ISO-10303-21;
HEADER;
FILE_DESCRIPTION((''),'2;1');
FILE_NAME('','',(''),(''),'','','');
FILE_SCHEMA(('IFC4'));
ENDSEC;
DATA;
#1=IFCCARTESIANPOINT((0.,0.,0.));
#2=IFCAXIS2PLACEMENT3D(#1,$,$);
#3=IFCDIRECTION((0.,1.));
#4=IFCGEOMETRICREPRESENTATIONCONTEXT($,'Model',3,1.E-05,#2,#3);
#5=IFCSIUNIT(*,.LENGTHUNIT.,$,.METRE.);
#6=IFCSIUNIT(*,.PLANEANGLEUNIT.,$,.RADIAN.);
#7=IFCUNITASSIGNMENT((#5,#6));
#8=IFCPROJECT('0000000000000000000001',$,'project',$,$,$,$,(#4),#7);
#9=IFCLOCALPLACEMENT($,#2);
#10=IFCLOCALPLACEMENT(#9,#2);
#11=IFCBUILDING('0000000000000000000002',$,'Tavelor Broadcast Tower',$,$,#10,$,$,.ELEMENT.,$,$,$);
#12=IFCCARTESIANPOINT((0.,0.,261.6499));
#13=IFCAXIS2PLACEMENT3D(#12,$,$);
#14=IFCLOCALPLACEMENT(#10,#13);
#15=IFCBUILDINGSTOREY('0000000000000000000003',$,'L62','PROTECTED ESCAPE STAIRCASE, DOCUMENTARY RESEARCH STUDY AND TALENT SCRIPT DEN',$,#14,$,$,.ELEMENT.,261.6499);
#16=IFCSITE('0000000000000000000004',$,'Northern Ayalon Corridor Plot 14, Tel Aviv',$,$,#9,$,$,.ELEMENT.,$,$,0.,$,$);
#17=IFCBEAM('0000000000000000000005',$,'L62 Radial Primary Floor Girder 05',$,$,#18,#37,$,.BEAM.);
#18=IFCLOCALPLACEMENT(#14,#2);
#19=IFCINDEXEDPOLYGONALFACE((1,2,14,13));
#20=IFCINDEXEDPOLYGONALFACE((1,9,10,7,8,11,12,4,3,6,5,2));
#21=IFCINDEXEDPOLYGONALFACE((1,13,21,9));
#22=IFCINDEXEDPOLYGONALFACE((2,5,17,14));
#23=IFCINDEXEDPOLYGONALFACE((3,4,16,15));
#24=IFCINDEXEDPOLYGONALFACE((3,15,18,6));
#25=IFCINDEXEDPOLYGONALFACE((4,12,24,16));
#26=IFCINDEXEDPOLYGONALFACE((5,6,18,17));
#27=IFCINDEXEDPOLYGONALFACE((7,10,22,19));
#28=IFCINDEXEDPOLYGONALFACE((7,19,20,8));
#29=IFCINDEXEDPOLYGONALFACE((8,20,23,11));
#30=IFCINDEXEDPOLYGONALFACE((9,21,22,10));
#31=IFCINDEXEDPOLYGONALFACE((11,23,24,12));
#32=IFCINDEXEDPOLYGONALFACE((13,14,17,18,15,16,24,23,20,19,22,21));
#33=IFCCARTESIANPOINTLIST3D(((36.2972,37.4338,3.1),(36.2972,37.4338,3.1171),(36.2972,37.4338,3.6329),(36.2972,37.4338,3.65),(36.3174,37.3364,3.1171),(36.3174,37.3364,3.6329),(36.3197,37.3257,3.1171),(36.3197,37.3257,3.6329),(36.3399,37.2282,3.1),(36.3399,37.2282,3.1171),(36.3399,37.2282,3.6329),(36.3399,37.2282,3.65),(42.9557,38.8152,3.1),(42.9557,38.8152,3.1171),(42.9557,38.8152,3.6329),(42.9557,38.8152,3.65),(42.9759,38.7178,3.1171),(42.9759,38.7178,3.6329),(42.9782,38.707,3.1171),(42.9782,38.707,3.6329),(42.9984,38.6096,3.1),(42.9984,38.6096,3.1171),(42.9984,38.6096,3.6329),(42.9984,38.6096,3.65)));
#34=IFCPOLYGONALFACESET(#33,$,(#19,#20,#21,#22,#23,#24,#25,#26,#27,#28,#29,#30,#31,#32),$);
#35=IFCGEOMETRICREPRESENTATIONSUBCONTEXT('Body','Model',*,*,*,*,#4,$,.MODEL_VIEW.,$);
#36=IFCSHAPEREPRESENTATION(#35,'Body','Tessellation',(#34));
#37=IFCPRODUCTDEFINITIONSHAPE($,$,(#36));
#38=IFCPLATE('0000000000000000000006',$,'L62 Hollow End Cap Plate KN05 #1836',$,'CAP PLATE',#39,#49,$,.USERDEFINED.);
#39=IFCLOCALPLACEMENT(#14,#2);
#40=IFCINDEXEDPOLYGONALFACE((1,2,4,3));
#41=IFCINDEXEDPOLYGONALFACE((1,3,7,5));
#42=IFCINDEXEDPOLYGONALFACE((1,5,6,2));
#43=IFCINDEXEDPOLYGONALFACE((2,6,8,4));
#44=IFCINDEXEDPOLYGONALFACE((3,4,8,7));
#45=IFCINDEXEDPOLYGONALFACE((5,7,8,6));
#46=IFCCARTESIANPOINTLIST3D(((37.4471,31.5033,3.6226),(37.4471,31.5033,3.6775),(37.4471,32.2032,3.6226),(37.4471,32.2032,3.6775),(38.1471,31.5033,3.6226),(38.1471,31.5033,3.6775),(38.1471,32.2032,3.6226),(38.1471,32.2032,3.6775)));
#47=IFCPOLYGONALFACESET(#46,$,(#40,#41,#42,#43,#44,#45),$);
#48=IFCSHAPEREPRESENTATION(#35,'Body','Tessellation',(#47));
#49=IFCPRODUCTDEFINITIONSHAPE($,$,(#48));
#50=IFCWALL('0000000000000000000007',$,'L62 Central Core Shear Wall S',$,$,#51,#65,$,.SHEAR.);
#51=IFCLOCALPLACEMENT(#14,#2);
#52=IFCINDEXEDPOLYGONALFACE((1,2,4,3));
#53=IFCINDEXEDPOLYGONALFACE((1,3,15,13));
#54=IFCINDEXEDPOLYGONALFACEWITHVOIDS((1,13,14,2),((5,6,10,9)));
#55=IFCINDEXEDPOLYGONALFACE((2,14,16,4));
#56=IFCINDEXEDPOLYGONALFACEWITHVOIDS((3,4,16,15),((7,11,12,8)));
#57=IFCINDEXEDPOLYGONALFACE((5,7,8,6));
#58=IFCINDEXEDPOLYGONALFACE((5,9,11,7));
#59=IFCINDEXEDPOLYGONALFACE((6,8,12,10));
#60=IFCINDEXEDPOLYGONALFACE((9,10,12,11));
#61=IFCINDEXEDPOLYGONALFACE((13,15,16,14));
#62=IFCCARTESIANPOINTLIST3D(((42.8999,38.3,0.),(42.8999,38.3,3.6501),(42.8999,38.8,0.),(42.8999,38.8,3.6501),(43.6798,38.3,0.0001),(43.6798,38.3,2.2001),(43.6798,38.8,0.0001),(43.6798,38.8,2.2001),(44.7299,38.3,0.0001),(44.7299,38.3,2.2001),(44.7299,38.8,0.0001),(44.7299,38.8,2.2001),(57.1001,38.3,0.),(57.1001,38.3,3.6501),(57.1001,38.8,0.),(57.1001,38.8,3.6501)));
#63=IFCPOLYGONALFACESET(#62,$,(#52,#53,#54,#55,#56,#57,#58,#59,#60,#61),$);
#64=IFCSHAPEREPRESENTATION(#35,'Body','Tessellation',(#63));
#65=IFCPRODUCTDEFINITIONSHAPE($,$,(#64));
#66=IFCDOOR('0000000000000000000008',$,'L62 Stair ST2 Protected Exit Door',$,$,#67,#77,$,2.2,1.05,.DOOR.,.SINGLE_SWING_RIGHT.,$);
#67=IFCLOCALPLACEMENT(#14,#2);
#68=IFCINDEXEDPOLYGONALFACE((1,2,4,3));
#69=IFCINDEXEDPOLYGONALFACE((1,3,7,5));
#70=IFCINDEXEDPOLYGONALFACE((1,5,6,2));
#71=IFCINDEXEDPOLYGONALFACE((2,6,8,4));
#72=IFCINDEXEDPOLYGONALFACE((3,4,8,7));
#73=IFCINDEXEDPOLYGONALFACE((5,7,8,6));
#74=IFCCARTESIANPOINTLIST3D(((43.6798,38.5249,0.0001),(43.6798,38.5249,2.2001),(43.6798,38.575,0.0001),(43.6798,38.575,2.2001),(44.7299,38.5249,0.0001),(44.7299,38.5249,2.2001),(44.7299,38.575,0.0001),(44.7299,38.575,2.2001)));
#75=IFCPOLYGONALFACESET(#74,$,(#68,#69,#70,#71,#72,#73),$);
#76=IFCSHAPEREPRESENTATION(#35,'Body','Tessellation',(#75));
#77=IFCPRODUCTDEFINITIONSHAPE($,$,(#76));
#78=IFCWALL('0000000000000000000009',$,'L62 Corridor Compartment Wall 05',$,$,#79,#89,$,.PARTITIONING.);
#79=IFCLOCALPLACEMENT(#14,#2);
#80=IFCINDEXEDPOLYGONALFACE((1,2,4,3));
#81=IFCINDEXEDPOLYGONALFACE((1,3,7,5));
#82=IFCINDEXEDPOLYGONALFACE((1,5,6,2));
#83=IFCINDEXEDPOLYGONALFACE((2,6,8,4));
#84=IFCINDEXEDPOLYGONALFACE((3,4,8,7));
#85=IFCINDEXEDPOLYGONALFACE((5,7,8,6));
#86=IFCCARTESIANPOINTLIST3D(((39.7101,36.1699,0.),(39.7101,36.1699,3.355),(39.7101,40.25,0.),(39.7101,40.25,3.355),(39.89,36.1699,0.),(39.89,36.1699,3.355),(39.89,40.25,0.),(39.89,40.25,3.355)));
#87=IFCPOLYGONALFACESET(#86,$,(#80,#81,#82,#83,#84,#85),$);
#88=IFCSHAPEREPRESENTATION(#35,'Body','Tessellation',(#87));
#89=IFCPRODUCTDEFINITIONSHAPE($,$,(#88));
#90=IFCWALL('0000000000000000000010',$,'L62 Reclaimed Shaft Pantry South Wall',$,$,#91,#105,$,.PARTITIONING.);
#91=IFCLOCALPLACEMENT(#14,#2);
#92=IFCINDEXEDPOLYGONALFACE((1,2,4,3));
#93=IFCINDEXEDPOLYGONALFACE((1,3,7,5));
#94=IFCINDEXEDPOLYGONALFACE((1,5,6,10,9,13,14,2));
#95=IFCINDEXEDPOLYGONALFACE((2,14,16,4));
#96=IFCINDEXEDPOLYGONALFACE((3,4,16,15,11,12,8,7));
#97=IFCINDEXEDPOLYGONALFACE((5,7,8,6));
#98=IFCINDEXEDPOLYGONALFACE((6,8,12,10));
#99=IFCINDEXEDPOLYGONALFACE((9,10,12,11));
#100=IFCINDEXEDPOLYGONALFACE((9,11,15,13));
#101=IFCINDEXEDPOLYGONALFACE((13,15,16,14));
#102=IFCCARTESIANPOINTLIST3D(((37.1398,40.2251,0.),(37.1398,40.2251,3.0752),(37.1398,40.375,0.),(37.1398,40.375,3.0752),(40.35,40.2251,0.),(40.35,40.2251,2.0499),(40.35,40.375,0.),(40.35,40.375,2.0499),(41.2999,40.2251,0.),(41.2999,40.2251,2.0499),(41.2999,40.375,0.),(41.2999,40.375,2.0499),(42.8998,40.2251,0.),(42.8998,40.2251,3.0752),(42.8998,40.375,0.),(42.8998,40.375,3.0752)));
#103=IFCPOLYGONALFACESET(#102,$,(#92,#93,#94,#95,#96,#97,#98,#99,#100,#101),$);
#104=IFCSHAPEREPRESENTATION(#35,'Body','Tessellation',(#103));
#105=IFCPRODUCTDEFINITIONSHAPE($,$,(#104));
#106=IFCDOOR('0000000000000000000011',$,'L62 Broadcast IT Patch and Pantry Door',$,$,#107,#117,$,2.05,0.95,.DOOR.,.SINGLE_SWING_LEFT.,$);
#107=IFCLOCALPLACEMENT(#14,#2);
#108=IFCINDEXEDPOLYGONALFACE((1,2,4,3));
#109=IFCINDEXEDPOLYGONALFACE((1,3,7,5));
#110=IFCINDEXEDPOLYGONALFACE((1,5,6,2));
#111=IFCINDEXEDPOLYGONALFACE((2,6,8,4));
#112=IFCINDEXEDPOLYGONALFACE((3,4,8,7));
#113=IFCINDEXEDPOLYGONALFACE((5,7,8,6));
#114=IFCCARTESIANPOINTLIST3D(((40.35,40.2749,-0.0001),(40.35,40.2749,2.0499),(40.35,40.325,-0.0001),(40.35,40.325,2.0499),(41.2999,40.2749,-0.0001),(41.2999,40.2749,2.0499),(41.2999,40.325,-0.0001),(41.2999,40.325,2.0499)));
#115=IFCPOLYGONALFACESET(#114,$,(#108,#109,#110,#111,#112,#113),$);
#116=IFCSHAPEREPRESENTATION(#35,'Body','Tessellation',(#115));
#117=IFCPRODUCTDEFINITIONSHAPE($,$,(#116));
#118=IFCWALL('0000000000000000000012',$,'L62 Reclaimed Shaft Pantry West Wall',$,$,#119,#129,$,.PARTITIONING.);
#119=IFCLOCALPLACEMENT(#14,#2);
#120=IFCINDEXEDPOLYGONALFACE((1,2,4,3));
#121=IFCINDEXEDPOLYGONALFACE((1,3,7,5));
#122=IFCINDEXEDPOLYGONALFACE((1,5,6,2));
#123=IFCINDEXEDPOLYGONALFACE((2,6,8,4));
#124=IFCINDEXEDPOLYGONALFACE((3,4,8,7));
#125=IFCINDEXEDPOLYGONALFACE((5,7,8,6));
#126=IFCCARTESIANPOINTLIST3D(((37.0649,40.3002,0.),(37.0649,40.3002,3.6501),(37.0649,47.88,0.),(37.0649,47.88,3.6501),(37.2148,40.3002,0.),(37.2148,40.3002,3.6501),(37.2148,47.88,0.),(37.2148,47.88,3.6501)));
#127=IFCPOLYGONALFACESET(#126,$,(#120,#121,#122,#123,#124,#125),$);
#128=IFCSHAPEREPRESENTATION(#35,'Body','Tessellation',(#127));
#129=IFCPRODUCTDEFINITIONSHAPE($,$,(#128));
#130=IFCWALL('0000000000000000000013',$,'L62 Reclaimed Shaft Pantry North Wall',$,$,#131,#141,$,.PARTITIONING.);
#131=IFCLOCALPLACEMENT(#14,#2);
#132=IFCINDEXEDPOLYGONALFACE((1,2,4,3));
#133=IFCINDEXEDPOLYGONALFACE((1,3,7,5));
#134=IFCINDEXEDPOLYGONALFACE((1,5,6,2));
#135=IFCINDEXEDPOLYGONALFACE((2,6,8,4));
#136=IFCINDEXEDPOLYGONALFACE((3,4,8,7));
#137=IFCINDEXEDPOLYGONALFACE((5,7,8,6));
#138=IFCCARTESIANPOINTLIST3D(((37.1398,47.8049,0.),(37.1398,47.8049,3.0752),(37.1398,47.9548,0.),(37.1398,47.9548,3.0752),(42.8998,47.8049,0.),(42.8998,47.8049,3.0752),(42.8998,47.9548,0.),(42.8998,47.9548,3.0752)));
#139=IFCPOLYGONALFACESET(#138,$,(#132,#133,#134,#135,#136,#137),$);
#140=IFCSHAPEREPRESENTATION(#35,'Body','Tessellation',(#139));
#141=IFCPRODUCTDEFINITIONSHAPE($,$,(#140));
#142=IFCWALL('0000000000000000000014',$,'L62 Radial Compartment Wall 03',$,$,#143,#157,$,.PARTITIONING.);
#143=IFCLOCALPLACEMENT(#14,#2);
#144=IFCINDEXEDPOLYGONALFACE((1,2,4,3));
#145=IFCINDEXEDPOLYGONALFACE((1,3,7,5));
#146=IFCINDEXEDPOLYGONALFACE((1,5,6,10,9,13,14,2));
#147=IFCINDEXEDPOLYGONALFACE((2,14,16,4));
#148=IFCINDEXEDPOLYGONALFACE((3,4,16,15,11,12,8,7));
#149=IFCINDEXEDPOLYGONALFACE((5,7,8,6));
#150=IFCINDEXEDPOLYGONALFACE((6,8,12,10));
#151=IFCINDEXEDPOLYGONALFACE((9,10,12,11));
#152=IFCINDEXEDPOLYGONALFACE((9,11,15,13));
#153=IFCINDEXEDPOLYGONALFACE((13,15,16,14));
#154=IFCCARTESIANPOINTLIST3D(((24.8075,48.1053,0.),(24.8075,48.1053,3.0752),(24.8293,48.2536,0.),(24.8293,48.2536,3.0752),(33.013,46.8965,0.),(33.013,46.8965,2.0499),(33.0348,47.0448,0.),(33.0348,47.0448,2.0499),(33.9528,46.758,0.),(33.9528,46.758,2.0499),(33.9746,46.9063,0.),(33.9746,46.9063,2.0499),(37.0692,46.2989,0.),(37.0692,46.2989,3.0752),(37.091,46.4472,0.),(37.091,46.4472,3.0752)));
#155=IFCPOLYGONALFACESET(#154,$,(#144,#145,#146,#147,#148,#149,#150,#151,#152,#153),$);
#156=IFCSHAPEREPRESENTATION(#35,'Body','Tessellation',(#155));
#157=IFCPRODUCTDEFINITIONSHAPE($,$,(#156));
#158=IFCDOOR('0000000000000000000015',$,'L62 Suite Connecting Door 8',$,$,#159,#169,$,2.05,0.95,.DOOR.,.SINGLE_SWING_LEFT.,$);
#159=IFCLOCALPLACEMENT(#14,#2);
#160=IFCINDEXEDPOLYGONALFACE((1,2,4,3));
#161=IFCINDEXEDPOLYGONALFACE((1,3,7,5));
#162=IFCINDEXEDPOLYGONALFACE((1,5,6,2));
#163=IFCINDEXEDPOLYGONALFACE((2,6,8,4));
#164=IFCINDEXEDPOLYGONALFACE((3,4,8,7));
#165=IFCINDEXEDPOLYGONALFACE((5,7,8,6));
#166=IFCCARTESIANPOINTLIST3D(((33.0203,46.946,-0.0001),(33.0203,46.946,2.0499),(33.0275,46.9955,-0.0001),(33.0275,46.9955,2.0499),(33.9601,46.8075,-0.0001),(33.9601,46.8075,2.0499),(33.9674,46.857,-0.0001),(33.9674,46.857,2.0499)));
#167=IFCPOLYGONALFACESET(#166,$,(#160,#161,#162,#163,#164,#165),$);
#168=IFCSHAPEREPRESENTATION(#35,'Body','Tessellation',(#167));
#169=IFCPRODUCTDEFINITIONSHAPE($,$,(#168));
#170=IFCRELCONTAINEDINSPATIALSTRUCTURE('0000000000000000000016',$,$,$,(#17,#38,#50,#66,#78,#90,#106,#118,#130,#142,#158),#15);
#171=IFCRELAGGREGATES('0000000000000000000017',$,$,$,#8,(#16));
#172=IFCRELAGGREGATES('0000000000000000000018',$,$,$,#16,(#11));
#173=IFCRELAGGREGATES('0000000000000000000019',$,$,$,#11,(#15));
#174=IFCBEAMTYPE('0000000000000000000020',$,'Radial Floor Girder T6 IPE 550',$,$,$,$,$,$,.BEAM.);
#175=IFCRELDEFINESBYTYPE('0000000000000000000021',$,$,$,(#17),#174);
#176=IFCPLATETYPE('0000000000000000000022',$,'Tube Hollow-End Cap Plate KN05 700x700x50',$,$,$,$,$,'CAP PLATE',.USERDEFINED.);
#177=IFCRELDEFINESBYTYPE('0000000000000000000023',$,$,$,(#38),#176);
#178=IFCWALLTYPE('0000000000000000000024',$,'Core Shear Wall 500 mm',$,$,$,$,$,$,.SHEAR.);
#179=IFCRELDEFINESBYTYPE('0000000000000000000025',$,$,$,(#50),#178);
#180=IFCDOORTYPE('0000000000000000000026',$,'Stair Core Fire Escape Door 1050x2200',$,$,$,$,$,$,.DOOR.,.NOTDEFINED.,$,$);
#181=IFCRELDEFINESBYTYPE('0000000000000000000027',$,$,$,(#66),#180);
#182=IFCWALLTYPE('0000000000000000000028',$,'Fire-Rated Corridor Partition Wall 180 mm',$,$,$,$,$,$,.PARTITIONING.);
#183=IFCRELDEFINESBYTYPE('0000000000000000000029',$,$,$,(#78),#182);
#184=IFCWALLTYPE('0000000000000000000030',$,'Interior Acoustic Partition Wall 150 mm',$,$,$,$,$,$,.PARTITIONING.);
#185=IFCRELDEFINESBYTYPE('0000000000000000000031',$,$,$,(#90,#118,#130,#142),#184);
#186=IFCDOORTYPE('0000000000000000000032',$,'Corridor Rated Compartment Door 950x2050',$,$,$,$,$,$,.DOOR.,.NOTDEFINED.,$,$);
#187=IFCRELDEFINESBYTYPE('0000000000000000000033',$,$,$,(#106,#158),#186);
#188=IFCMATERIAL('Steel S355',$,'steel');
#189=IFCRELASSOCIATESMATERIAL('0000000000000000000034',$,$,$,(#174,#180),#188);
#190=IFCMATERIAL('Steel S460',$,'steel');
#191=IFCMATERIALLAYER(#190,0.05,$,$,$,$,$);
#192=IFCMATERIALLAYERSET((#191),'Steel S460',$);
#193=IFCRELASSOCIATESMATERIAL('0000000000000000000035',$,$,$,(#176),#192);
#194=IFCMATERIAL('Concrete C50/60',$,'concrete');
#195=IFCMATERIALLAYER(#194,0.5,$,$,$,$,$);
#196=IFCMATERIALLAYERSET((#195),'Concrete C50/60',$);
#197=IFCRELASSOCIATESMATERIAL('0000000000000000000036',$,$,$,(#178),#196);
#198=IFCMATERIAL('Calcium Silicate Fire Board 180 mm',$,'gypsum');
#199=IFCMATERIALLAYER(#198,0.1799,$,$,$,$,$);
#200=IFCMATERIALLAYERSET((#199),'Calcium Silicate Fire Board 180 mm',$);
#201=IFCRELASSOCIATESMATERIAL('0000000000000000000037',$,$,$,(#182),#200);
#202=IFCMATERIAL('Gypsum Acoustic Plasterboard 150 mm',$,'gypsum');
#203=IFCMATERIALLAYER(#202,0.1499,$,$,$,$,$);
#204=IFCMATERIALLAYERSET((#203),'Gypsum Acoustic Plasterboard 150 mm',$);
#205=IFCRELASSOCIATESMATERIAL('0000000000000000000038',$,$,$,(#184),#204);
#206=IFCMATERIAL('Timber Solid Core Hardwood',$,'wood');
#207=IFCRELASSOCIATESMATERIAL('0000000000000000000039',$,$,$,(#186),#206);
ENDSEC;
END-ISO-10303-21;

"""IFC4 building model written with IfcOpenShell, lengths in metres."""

from ifc_helpers import new_model, si_unit, direction, frame, frame_2d, origin, origin_2d, place, context, subcontext, project, spatial, rectangle, i_section, extrude, source, transform, mapped, material, layer, layer_set, material_profile, profile_set, type_object, type_shapes, element, fill, save


model = new_model("IFC4")

# Units and contexts
model_context = context("Model", 3, precision=1e-05, world=origin(), true_north=direction((0.0, 1.0)))
body_context = subcontext(model_context, "Body", "Model", "MODEL_VIEW")
ifc_project = project(units=[si_unit("LENGTHUNIT", "METRE"), si_unit("PLANEANGLEUNIT", "RADIAN")], contexts=[model_context])

# Site, building, storey
site_placement = place(None, origin())
site = spatial("IfcSite", under=ifc_project, at=site_placement, Name="Northern Ayalon Corridor Plot 14, Tel Aviv", CompositionType="ELEMENT", RefElevation=0.0)
building_placement = place(site_placement, origin())
building = spatial("IfcBuilding", under=site, at=building_placement, Name="Tavelor Broadcast Tower", CompositionType="ELEMENT")
storey_placement = place(building_placement, frame((0.0, 0.0, 261.6499)))
storey = spatial("IfcBuildingStorey", under=building, at=storey_placement, Name="L62", Description="PROTECTED ESCAPE STAIRCASE, DOCUMENTARY RESEARCH STUDY AND TALENT SCRIPT DEN", CompositionType="ELEMENT", Elevation=261.6499)

# Shared definitions
ifc_material_1 = material(Name="Concrete C50/60", Category="concrete")
ifc_material_2 = material(Name="Steel S460", Category="steel")

# Beam
ifc_material_3 = material(Name="Steel S355", Category="steel")
ifc_material_profile_1 = material_profile(ifc_material_3, i_section(OverallWidth=0.21, OverallDepth=0.55, WebThickness=0.011, FlangeThickness=0.0171, at=origin_2d()), Name="IPE 550")
ifc_profile_set_1 = profile_set([ifc_material_profile_1], Name="Steel S355")
beam_type_1 = type_object("IfcBeamType", Name="Radial Floor Girder T6 IPE 550", PredefinedType="BEAM", material=ifc_profile_set_1)
beam_1_placement = place(storey_placement, frame((42.9771, 38.7124, 3.375), z_axis=(-0.979151, -0.203133, 0.0), x_axis=(0.203133, -0.979151, 0.0)))
element("IfcBeam", 1, at=beam_1_placement, inside=storey, type_object=beam_type_1, Name="L62 Radial Primary Floor Girder 05", PredefinedType="BEAM", context=body_context, shape_type="SweptSolid", body=[
    extrude(i_section(OverallWidth=0.21, OverallDepth=0.55, WebThickness=0.011, FlangeThickness=0.0171, at=origin_2d()), origin(), (0.0, 0.0, 1.0), 6.8003),
])

# Plate
ifc_layer_1 = layer(ifc_material_2, 0.05)
ifc_layer_set_1 = layer_set([ifc_layer_1], Name="Steel S460")
plate_type = type_object("IfcPlateType", Name="Tube Hollow-End Cap Plate KN05 700x700x50", ElementType="CAP PLATE", PredefinedType="USERDEFINED", material=ifc_layer_set_1)
shared_shape = source(origin(), body_context, "Body", "SweptSolid", [
    extrude(rectangle(XDim=0.7, YDim=0.7, at=origin_2d()), origin(), (0.0, 0.0, 1.0), 0.0549),
])
type_shapes(plate_type, [shared_shape])
plate_placement = place(storey_placement, frame((37.7971, 31.8533, 3.6226), z_axis=(0.0, 0.0, 1.0), x_axis=(1.0, 0.0, 0.0)))
element("IfcPlate", 2, at=plate_placement, inside=storey, type_object=plate_type, Name="L62 Hollow End Cap Plate KN05 #1836", ObjectType="CAP PLATE", PredefinedType="USERDEFINED", context=body_context, shape_type="MappedRepresentation", body=[
    mapped(shared_shape, transform((0.0, 0.0, 0.0), scale=1.0)),
])

# Wall, opening, door
ifc_layer_2 = layer(ifc_material_1, 0.5)
ifc_layer_set_2 = layer_set([ifc_layer_2], Name="Concrete C50/60")
wall_type_1 = type_object("IfcWallType", Name="Core Shear Wall 500 mm", PredefinedType="SHEAR", material=ifc_layer_set_2)
wall_1_placement = place(storey_placement, frame((42.8999, 38.55, 0.0), z_axis=(0.0, 0.0, 1.0), x_axis=(1.0, 0.0, 0.0)))
wall_1 = element("IfcWall", 3, at=wall_1_placement, inside=storey, type_object=wall_type_1, Name="L62 Central Core Shear Wall S", PredefinedType="SHEAR", context=body_context, shape_type="SweptSolid", body=[
    extrude(rectangle(XDim=14.2002, YDim=0.5, at=frame_2d((7.1001, 0.0))), origin(), (0.0, 0.0, 1.0), 3.6501),
])
opening_1_placement = place(wall_1_placement, frame((0.78, 0.0, 0.0)))
opening_1 = element("IfcOpeningElement", 4, at=opening_1_placement, cuts=wall_1, PredefinedType="OPENING", context=body_context, shape_type="SweptSolid", body=[
    extrude(rectangle(XDim=1.05, YDim=2.2, at=frame_2d((0.5249, 1.1001))), frame((0.0, 0.26, 0.0), z_axis=(0.0, -1.0, 0.0), x_axis=(1.0, 0.0, 0.0)), (0.0, 0.0, 1.0), 0.52),
])
door_type_1 = type_object("IfcDoorType", Name="Stair Core Fire Escape Door 1050x2200", OperationType="NOTDEFINED", PredefinedType="DOOR", material=ifc_material_3)
door_1_placement = place(opening_1_placement, origin())
door_1 = element("IfcDoor", 5, at=door_1_placement, inside=storey, type_object=door_type_1, Name="L62 Stair ST2 Protected Exit Door", OperationType="SINGLE_SWING_RIGHT", OverallHeight=2.2, OverallWidth=1.05, PredefinedType="DOOR", context=body_context, shape_type="SweptSolid", body=[
    extrude(rectangle(XDim=1.05, YDim=2.2, at=frame_2d((0.5249, 1.1001))), frame((0.0, 0.0249, 0.0), z_axis=(0.0, -1.0, 0.0), x_axis=(1.0, 0.0, 0.0)), (0.0, 0.0, 1.0), 0.05),
])
fill(opening_1, door_1)

# Wall
ifc_material_4 = material(Name="Calcium Silicate Fire Board 180 mm", Category="gypsum")
ifc_layer_3 = layer(ifc_material_4, 0.1799)
ifc_layer_set_3 = layer_set([ifc_layer_3], Name="Calcium Silicate Fire Board 180 mm")
wall_type_2 = type_object("IfcWallType", Name="Fire-Rated Corridor Partition Wall 180 mm", PredefinedType="PARTITIONING", material=ifc_layer_set_3)
wall_2_placement = place(storey_placement, frame((39.8, 36.1699, 0.0), z_axis=(0.0, 0.0, 1.0), x_axis=(0.0, 1.0, 0.0)))
element("IfcWall", 6, at=wall_2_placement, inside=storey, type_object=wall_type_2, Name="L62 Corridor Compartment Wall 05", PredefinedType="PARTITIONING", context=body_context, shape_type="SweptSolid", body=[
    extrude(rectangle(XDim=4.0801, YDim=0.1799, at=frame_2d((2.04, 0.0))), origin(), (0.0, 0.0, 1.0), 3.355),
])

# Wall, opening, door
ifc_material_5 = material(Name="Gypsum Acoustic Plasterboard 150 mm", Category="gypsum")
ifc_layer_4 = layer(ifc_material_5, 0.1499)
ifc_layer_set_4 = layer_set([ifc_layer_4], Name="Gypsum Acoustic Plasterboard 150 mm")
wall_type_3 = type_object("IfcWallType", Name="Interior Acoustic Partition Wall 150 mm", PredefinedType="PARTITIONING", material=ifc_layer_set_4)
wall_3_placement = place(storey_placement, frame((37.1399, 40.3, 0.0), z_axis=(0.0, 0.0, 1.0), x_axis=(1.0, 0.0, 0.0)))
wall_3 = element("IfcWall", 7, at=wall_3_placement, inside=storey, type_object=wall_type_3, Name="L62 Reclaimed Shaft Pantry South Wall", PredefinedType="PARTITIONING", context=body_context, shape_type="SweptSolid", body=[
    extrude(rectangle(XDim=5.76, YDim=0.1499, at=frame_2d((2.8799, 0.0))), origin(), (0.0, 0.0, 1.0), 3.0752),
])
opening_2_placement = place(wall_3_placement, frame((3.21, 0.0, 0.0)))
opening_2 = element("IfcOpeningElement", 8, at=opening_2_placement, cuts=wall_3, PredefinedType="OPENING", context=body_context, shape_type="SweptSolid", body=[
    extrude(rectangle(XDim=0.95, YDim=2.05, at=frame_2d((0.4751, 1.0249))), frame((0.0, 0.085, 0.0), z_axis=(0.0, -1.0, 0.0), x_axis=(1.0, 0.0, 0.0)), (0.0, 0.0, 1.0), 0.1699),
])
ifc_material_6 = material(Name="Timber Solid Core Hardwood", Category="wood")
door_type_2 = type_object("IfcDoorType", Name="Corridor Rated Compartment Door 950x2050", OperationType="NOTDEFINED", PredefinedType="DOOR", material=ifc_material_6)
door_2_placement = place(opening_2_placement, origin())
door_2 = element("IfcDoor", 9, at=door_2_placement, inside=storey, type_object=door_type_2, Name="L62 Broadcast IT Patch and Pantry Door", OperationType="SINGLE_SWING_LEFT", OverallHeight=2.05, OverallWidth=0.95, PredefinedType="DOOR", context=body_context, shape_type="SweptSolid", body=[
    extrude(rectangle(XDim=0.95, YDim=2.05, at=frame_2d((0.4751, 1.0249))), frame((0.0, 0.0249, 0.0), z_axis=(0.0, -1.0, 0.0), x_axis=(1.0, 0.0, 0.0)), (0.0, 0.0, 1.0), 0.05),
])
fill(opening_2, door_2)

# Walls
wall_4_placement = place(storey_placement, frame((37.1399, 40.3, 0.0), z_axis=(0.0, 0.0, 1.0), x_axis=(0.0, 1.0, 0.0)))
element("IfcWall", 10, at=wall_4_placement, inside=storey, type_object=wall_type_3, Name="L62 Reclaimed Shaft Pantry West Wall", PredefinedType="PARTITIONING", context=body_context, shape_type="SweptSolid", body=[
    extrude(rectangle(XDim=7.5798, YDim=0.1499, at=frame_2d((3.79, 0.0))), origin(), (0.0, 0.0, 1.0), 3.6501),
])
wall_5_placement = place(storey_placement, frame((37.1399, 47.8799, 0.0), z_axis=(0.0, 0.0, 1.0), x_axis=(1.0, 0.0, 0.0)))
element("IfcWall", 11, at=wall_5_placement, inside=storey, type_object=wall_type_3, Name="L62 Reclaimed Shaft Pantry North Wall", PredefinedType="PARTITIONING", context=body_context, shape_type="SweptSolid", body=[
    extrude(rectangle(XDim=5.76, YDim=0.1499, at=frame_2d((2.8799, 0.0))), origin(), (0.0, 0.0, 1.0), 3.0752),
])

# Wall, opening, door
wall_6_placement = place(storey_placement, frame((37.0801, 46.373, 0.0), z_axis=(0.0, 0.0, 1.0), x_axis=(-0.989322, 0.145747, 0.0)))
wall_6 = element("IfcWall", 12, at=wall_6_placement, inside=storey, type_object=wall_type_3, Name="L62 Radial Compartment Wall 03", PredefinedType="PARTITIONING", context=body_context, shape_type="SweptSolid", body=[
    extrude(rectangle(XDim=12.394, YDim=0.1499, at=frame_2d((6.197, 0.0))), origin(), (0.0, 0.0, 1.0), 3.0752),
])
opening_3_placement = place(wall_6_placement, frame((3.1499, 0.0, 0.0)))
opening_3 = element("IfcOpeningElement", 13, at=opening_3_placement, cuts=wall_6, PredefinedType="OPENING", context=body_context, shape_type="SweptSolid", body=[
    extrude(rectangle(XDim=0.95, YDim=2.05, at=frame_2d((0.4751, 1.0249))), frame((0.0, 0.085, 0.0), z_axis=(0.0, -1.0, 0.0), x_axis=(1.0, 0.0, 0.0)), (0.0, 0.0, 1.0), 0.1699),
])
door_3_placement = place(opening_3_placement, origin())
door_3 = element("IfcDoor", 14, at=door_3_placement, inside=storey, type_object=door_type_2, Name="L62 Suite Connecting Door 8", OperationType="SINGLE_SWING_LEFT", OverallHeight=2.05, OverallWidth=0.95, PredefinedType="DOOR", context=body_context, shape_type="SweptSolid", body=[
    extrude(rectangle(XDim=0.95, YDim=2.05, at=frame_2d((0.4751, 1.0249))), frame((0.0, 0.0249, 0.0), z_axis=(0.0, -1.0, 0.0), x_axis=(1.0, 0.0, 0.0)), (0.0, 0.0, 1.0), 0.05),
])
fill(opening_3, door_3)

save(model, "model.ifc")
